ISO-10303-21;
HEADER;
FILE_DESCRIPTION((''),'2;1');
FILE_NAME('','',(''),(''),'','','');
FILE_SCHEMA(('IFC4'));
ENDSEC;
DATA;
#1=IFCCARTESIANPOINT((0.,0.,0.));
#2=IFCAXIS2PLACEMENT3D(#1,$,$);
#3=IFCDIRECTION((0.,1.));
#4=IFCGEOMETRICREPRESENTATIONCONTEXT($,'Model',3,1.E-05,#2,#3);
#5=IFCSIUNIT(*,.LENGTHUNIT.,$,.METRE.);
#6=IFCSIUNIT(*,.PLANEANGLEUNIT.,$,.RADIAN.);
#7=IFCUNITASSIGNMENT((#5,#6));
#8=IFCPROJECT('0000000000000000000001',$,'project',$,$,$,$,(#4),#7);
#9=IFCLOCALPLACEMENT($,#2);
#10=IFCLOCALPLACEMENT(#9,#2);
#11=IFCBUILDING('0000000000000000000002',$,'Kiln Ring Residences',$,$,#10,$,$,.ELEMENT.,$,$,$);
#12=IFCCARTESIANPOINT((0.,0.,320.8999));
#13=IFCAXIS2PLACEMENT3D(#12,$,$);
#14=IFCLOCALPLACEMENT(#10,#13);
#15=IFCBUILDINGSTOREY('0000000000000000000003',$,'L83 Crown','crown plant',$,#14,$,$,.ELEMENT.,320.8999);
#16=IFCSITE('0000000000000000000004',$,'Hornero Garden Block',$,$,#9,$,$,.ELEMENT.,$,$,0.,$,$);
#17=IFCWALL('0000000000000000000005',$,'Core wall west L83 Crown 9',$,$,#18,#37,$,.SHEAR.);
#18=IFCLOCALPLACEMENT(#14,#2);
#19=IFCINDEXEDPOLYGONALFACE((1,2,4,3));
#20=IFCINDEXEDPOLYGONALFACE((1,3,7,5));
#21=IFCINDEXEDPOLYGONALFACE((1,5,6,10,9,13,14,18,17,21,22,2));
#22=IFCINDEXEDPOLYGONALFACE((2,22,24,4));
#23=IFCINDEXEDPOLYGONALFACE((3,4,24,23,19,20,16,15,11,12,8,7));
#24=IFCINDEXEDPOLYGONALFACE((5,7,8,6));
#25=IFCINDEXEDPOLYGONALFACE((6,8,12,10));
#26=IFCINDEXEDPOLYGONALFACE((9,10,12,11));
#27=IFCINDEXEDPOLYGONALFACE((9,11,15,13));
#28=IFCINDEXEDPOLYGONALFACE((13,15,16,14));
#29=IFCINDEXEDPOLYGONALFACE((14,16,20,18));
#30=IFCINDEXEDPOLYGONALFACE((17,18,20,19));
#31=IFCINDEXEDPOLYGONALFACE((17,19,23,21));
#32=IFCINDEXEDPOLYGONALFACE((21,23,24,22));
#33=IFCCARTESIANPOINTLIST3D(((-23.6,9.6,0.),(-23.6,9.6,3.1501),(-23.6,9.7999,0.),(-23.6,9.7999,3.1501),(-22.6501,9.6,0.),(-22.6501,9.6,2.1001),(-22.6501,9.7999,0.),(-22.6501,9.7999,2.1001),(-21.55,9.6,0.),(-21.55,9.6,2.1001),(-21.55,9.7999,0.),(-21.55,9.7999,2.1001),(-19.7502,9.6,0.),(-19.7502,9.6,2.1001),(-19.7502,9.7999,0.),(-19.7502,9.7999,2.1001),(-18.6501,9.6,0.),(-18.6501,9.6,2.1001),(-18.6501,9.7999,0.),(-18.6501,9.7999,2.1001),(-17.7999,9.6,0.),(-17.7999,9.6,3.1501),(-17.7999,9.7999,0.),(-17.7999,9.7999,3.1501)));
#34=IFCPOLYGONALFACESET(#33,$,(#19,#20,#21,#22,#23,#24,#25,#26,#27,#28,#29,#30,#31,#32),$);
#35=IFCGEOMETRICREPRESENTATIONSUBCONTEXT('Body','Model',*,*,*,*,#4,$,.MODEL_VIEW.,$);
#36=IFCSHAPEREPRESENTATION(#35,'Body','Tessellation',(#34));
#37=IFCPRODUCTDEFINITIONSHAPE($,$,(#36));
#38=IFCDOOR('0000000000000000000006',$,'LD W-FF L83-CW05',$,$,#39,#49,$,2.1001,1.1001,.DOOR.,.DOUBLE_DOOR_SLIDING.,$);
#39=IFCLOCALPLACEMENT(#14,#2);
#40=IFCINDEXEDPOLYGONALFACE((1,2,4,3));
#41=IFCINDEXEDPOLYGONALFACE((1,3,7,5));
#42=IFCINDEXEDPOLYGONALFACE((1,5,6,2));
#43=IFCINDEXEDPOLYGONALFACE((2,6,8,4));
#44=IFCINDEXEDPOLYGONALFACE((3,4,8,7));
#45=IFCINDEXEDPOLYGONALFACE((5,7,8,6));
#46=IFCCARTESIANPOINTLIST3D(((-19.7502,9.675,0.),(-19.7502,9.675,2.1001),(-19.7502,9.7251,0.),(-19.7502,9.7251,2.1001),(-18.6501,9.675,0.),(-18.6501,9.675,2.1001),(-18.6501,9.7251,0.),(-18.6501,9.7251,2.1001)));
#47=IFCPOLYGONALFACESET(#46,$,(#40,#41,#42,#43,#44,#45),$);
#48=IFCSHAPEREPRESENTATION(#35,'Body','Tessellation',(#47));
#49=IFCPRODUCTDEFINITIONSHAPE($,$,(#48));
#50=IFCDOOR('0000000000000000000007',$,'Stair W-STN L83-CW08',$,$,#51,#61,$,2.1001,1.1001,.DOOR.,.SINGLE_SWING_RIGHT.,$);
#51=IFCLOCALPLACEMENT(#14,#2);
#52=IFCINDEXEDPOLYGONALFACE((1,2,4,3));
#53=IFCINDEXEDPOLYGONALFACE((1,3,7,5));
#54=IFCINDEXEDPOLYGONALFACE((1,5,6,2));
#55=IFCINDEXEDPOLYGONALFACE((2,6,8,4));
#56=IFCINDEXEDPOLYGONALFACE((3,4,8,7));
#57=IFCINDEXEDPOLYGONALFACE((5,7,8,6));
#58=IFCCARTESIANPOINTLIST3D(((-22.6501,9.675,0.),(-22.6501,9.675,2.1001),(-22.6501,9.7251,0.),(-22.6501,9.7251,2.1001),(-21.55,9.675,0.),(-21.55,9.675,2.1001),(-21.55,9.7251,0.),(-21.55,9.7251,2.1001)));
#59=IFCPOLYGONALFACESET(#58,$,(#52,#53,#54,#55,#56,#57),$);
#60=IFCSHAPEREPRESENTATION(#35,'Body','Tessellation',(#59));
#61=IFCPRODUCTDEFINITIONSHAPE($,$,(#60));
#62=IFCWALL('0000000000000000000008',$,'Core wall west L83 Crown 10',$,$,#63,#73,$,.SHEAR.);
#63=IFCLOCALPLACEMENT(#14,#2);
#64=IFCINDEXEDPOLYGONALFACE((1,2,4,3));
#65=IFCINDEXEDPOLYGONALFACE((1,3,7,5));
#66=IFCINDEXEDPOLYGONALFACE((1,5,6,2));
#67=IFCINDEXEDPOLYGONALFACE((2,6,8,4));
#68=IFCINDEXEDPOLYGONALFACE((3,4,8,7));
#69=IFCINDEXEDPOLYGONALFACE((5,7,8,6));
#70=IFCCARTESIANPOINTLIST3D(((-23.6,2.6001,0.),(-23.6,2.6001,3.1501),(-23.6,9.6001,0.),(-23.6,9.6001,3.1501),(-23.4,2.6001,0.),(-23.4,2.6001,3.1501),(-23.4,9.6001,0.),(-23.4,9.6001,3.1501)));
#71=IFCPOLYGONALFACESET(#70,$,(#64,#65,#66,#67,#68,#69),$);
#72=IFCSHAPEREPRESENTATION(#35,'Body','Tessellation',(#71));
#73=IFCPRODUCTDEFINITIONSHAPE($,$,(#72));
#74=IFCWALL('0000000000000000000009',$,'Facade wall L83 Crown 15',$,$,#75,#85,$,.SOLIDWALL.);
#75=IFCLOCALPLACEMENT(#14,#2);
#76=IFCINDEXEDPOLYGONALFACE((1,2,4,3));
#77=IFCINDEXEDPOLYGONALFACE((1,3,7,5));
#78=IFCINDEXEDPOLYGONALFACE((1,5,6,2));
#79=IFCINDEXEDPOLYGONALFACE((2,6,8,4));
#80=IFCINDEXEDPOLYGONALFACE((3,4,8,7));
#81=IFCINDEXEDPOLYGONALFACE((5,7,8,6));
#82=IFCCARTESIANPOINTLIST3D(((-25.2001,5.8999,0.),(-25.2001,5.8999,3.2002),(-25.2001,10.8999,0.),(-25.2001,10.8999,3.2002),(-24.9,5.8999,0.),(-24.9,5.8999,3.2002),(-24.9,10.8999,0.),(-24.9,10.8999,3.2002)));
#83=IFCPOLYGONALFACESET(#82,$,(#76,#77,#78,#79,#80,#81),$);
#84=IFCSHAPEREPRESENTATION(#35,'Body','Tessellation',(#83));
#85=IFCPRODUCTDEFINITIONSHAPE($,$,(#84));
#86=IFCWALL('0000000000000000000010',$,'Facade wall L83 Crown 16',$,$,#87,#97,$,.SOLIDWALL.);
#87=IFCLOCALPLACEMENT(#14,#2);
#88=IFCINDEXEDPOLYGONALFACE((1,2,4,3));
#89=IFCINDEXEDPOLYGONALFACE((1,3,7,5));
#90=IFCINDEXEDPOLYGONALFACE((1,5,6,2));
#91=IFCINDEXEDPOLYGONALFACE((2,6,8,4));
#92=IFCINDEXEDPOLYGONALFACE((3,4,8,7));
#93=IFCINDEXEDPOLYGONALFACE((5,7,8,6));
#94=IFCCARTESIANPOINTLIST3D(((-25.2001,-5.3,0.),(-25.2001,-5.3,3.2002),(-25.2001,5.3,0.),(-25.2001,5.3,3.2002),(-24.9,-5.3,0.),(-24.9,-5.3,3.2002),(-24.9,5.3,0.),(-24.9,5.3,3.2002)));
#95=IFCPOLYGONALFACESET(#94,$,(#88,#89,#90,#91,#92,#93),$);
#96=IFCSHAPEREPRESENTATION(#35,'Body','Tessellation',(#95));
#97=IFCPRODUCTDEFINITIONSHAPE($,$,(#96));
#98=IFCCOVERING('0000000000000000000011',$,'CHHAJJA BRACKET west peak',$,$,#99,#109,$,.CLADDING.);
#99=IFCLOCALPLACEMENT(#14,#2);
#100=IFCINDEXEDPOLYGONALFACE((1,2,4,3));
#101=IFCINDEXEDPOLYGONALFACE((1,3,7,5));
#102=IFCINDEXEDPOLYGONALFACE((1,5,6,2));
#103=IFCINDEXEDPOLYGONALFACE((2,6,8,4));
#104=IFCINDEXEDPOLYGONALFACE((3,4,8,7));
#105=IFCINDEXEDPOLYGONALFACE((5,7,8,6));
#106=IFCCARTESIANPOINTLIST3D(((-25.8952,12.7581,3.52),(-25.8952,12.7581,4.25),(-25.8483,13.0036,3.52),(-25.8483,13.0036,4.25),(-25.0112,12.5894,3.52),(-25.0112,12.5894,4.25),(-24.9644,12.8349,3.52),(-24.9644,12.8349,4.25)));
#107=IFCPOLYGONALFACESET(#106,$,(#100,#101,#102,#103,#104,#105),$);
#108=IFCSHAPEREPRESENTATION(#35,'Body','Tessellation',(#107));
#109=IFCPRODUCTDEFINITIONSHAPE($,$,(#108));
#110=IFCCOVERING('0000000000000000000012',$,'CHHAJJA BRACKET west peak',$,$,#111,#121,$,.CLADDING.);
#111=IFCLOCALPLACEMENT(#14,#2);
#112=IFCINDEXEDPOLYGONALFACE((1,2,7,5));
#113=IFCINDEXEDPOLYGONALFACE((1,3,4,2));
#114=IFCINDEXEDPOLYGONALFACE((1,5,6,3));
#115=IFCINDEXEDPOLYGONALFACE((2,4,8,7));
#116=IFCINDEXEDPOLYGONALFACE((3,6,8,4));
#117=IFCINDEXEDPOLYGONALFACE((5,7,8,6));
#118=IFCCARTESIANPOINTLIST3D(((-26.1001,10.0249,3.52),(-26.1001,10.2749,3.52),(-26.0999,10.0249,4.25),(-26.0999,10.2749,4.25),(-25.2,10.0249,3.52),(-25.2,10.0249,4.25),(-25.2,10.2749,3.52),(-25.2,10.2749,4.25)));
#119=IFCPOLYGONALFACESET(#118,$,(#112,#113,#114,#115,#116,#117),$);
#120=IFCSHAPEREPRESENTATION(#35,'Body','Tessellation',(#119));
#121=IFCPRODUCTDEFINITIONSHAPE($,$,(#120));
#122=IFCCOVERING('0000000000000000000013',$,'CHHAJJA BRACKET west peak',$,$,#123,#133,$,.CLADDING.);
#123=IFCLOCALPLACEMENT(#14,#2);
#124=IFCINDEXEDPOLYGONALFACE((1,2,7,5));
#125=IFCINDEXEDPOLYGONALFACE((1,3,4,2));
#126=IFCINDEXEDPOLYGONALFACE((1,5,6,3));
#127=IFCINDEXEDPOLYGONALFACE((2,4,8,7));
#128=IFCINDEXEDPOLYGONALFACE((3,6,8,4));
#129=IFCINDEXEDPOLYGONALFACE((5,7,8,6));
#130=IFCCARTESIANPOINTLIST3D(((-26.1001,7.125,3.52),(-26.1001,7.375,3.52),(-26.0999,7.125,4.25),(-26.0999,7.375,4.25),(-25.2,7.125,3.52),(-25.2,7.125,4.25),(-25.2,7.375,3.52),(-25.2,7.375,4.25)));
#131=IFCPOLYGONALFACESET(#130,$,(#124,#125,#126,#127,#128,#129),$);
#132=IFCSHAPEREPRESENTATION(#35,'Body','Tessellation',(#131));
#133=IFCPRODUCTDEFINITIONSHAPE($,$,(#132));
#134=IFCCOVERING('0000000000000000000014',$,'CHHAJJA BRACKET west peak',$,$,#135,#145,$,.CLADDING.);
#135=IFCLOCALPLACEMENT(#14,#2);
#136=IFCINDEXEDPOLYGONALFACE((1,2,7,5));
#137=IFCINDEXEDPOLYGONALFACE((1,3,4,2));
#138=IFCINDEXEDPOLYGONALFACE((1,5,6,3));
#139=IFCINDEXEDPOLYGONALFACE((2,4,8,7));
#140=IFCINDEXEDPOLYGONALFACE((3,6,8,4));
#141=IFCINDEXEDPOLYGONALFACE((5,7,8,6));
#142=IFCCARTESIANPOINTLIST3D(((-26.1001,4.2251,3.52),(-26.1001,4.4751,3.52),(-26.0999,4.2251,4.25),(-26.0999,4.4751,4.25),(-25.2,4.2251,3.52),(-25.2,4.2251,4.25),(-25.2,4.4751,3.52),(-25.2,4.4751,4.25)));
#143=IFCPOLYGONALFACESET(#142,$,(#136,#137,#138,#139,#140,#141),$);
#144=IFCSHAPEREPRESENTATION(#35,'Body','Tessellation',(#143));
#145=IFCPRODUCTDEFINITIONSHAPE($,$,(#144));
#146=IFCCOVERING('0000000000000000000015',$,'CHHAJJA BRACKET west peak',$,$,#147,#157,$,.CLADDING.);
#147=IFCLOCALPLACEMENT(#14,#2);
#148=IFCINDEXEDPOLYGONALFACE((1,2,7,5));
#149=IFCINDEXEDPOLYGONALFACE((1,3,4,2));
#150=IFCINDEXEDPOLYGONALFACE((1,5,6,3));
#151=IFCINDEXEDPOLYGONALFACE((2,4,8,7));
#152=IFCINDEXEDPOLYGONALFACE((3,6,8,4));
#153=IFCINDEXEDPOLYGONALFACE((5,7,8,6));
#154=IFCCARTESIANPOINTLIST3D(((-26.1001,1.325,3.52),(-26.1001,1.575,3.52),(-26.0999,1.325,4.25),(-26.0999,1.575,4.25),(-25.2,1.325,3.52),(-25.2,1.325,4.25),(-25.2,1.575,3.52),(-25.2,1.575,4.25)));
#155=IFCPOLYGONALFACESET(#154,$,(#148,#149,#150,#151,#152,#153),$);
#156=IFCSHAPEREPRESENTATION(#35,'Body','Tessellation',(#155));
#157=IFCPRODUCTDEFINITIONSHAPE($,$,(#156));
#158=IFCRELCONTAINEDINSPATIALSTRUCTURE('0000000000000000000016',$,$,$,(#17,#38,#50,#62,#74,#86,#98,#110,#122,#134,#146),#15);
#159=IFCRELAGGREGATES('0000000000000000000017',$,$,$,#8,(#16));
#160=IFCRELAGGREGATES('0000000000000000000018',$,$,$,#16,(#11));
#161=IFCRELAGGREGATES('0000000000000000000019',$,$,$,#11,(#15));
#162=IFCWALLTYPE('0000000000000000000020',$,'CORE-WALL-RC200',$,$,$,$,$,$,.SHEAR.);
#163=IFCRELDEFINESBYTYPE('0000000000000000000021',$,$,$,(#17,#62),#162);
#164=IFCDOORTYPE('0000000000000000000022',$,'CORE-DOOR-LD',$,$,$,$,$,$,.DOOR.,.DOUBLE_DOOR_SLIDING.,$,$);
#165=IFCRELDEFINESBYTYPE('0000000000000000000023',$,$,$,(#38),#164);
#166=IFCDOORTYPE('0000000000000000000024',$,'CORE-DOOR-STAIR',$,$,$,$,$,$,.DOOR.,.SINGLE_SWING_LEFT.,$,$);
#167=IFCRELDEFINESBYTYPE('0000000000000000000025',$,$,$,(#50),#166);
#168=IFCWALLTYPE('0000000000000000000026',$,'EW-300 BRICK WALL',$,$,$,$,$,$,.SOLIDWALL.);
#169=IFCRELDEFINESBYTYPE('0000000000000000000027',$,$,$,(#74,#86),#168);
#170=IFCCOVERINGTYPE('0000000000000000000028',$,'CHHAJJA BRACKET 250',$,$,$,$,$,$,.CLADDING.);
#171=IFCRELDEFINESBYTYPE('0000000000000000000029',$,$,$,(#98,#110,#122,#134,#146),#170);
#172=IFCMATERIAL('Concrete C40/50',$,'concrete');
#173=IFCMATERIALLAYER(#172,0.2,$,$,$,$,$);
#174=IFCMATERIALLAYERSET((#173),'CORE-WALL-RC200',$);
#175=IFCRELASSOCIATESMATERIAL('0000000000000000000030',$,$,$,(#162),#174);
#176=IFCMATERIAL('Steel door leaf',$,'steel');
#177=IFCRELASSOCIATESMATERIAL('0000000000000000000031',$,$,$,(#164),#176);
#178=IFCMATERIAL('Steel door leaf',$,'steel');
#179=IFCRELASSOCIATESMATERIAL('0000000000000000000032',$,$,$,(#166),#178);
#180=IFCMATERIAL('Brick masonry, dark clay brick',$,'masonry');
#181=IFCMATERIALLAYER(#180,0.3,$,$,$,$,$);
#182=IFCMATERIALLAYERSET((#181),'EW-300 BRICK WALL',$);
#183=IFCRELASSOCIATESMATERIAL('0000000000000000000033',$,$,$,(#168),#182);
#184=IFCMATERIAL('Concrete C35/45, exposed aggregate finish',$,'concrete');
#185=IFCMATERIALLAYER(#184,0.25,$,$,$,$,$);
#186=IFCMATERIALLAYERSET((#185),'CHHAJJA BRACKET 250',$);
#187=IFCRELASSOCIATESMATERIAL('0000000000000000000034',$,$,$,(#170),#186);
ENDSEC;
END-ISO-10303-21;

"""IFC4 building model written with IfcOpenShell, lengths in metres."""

from ifc_helpers import new_model, si_unit, direction, frame, frame_2d, origin, place, context, subcontext, project, spatial, polyline, rectangle, outline, extrude, material, layer, layer_set, type_object, element, fill, save


model = new_model("IFC4")

# Units and contexts
model_context = context("Model", 3, precision=1e-05, world=origin(), true_north=direction((0.0, 1.0)))
body_context = subcontext(model_context, "Body", "Model", "MODEL_VIEW")
ifc_project = project(units=[si_unit("LENGTHUNIT", "METRE"), si_unit("PLANEANGLEUNIT", "RADIAN")], contexts=[model_context])

# Site, building, storey
site_placement = place(None, origin())
site = spatial("IfcSite", under=ifc_project, at=site_placement, Name="Hornero Garden Block", CompositionType="ELEMENT", RefElevation=0.0)
building_placement = place(site_placement, origin())
building = spatial("IfcBuilding", under=site, at=building_placement, Name="Kiln Ring Residences", CompositionType="ELEMENT")
storey_placement = place(building_placement, frame((0.0, 0.0, 320.8999)))
storey = spatial("IfcBuildingStorey", under=building, at=storey_placement, Name="L83 Crown", Description="crown plant", CompositionType="ELEMENT", Elevation=320.8999)

# Shared definitions
ifc_material_1 = material(Name="Concrete C40/50", Category="concrete")
ifc_layer_1 = layer(ifc_material_1, 0.2)
ifc_layer_set_1 = layer_set([ifc_layer_1], Name="CORE-WALL-RC200")
wall_type_1 = type_object("IfcWallType", Name="CORE-WALL-RC200", PredefinedType="SHEAR", material=ifc_layer_set_1)

# Wall, openings, doors
wall_1_placement = place(storey_placement, frame((-17.8, 9.7, 0.0), z_axis=(0.0, 0.0, 1.0), x_axis=(-1.0, 0.0, 0.0)))
wall_1 = element("IfcWall", 1, at=wall_1_placement, inside=storey, type_object=wall_type_1, Name="Core wall west L83 Crown 9", PredefinedType="SHEAR", context=body_context, shape_type="SweptSolid", body=[
    extrude(rectangle(XDim=5.8, YDim=0.2, at=frame_2d((2.8999, 0.0))), origin(), (0.0, 0.0, 1.0), 3.1501),
])
opening_1_placement = place(wall_1_placement, frame((0.8501, 0.0, 0.0)))
opening_1 = element("IfcOpeningElement", 2, at=opening_1_placement, cuts=wall_1, PredefinedType="OPENING", context=body_context, shape_type="SweptSolid", body=[
    extrude(rectangle(XDim=1.1001, YDim=2.1001, at=frame_2d((0.55, 1.05))), frame((0.0, 0.1099, 0.0), z_axis=(0.0, -1.0, 0.0), x_axis=(1.0, 0.0, 0.0)), (0.0, 0.0, 1.0), 0.22),
])
opening_2_placement = place(wall_1_placement, frame((3.75, 0.0, 0.0)))
opening_2 = element("IfcOpeningElement", 3, at=opening_2_placement, cuts=wall_1, PredefinedType="OPENING", context=body_context, shape_type="SweptSolid", body=[
    extrude(rectangle(XDim=1.1001, YDim=2.1001, at=frame_2d((0.55, 1.05))), frame((0.0, 0.1099, 0.0), z_axis=(0.0, -1.0, 0.0), x_axis=(1.0, 0.0, 0.0)), (0.0, 0.0, 1.0), 0.22),
])
ifc_material_2 = material(Name="Steel door leaf", Category="steel")
door_type_1 = type_object("IfcDoorType", Name="CORE-DOOR-LD", OperationType="DOUBLE_DOOR_SLIDING", PredefinedType="DOOR", material=ifc_material_2)
door_1_placement = place(opening_1_placement, origin())
door_1 = element("IfcDoor", 4, at=door_1_placement, inside=storey, type_object=door_type_1, Name="LD W-FF L83-CW05", OperationType="DOUBLE_DOOR_SLIDING", OverallHeight=2.1001, OverallWidth=1.1001, PredefinedType="DOOR", context=body_context, shape_type="SweptSolid", body=[
    extrude(rectangle(XDim=1.1001, YDim=2.1001, at=frame_2d((0.55, 1.05))), frame((0.0, 0.0249, 0.0), z_axis=(0.0, -1.0, 0.0), x_axis=(1.0, 0.0, 0.0)), (0.0, 0.0, 1.0), 0.05),
])
fill(opening_1, door_1)
ifc_material_3 = material(Name="Steel door leaf", Category="steel")
door_type_2 = type_object("IfcDoorType", Name="CORE-DOOR-STAIR", OperationType="SINGLE_SWING_LEFT", PredefinedType="DOOR", material=ifc_material_3)
door_2_placement = place(opening_2_placement, origin())
door_2 = element("IfcDoor", 5, at=door_2_placement, inside=storey, type_object=door_type_2, Name="Stair W-STN L83-CW08", OperationType="SINGLE_SWING_RIGHT", OverallHeight=2.1001, OverallWidth=1.1001, PredefinedType="DOOR", context=body_context, shape_type="SweptSolid", body=[
    extrude(rectangle(XDim=1.1001, YDim=2.1001, at=frame_2d((0.55, 1.05))), frame((0.0, 0.0249, 0.0), z_axis=(0.0, -1.0, 0.0), x_axis=(1.0, 0.0, 0.0)), (0.0, 0.0, 1.0), 0.05),
])
fill(opening_2, door_2)

# Walls
wall_2_placement = place(storey_placement, frame((-23.5, 2.6001, 0.0), z_axis=(0.0, 0.0, 1.0), x_axis=(0.0, 1.0, 0.0)))
element("IfcWall", 6, at=wall_2_placement, inside=storey, type_object=wall_type_1, Name="Core wall west L83 Crown 10", PredefinedType="SHEAR", context=body_context, shape_type="SweptSolid", body=[
    extrude(rectangle(XDim=7.0, YDim=0.2, at=frame_2d((3.5, 0.0))), origin(), (0.0, 0.0, 1.0), 3.1501),
])
ifc_material_4 = material(Name="Brick masonry, dark clay brick", Category="masonry")
ifc_layer_2 = layer(ifc_material_4, 0.3)
ifc_layer_set_2 = layer_set([ifc_layer_2], Name="EW-300 BRICK WALL")
wall_type_2 = type_object("IfcWallType", Name="EW-300 BRICK WALL", PredefinedType="SOLIDWALL", material=ifc_layer_set_2)
wall_3_placement = place(storey_placement, frame((-25.05, 10.8999, 0.0), z_axis=(0.0, 0.0, 1.0), x_axis=(0.0, -1.0, 0.0)))
element("IfcWall", 7, at=wall_3_placement, inside=storey, type_object=wall_type_2, Name="Facade wall L83 Crown 15", PredefinedType="SOLIDWALL", context=body_context, shape_type="SweptSolid", body=[
    extrude(rectangle(XDim=5.0, YDim=0.3, at=frame_2d((2.5, 0.0))), origin(), (0.0, 0.0, 1.0), 3.2002),
])
wall_4_placement = place(storey_placement, frame((-25.05, 5.3, 0.0), z_axis=(0.0, 0.0, 1.0), x_axis=(0.0, -1.0, 0.0)))
element("IfcWall", 8, at=wall_4_placement, inside=storey, type_object=wall_type_2, Name="Facade wall L83 Crown 16", PredefinedType="SOLIDWALL", context=body_context, shape_type="SweptSolid", body=[
    extrude(rectangle(XDim=10.6001, YDim=0.3, at=frame_2d((5.3, 0.0))), origin(), (0.0, 0.0, 1.0), 3.2002),
])

# Coverings
ifc_material_5 = material(Name="Concrete C35/45, exposed aggregate finish", Category="concrete")
ifc_layer_3 = layer(ifc_material_5, 0.25)
ifc_layer_set_3 = layer_set([ifc_layer_3], Name="CHHAJJA BRACKET 250")
covering_type_1 = type_object("IfcCoveringType", Name="CHHAJJA BRACKET 250", PredefinedType="CLADDING", material=ifc_layer_set_3)
covering_1_placement = place(storey_placement, frame((-24.9878, 12.7122, 3.52), z_axis=(0.0, 0.0, 1.0), x_axis=(-0.982274, 0.187449, 0.0)))
element("IfcCovering", 9, at=covering_1_placement, inside=storey, type_object=covering_type_1, Name="CHHAJJA BRACKET west peak", PredefinedType="CLADDING", context=body_context, shape_type="SweptSolid", body=[
    extrude(outline(polyline([(0.0, 0.0), (0.8999, 0.0), (0.8999, 0.73), (0.0, 0.73), (0.0, 0.0), (0.0, 0.0)])), frame((0.0, 0.125, 0.0), z_axis=(0.0, -1.0, 0.0), x_axis=(1.0, 0.0, 0.0)), (0.0, 0.0, 1.0), 0.25),
])
for number, where, z_axis, x_axis, name in (
    (10, (-25.2, 10.1499, 3.52), (0.0, 0.0, 1.0), (-1.0, 0.0, 0.0), "CHHAJJA BRACKET west peak"),
    (11, (-25.2, 7.25, 3.52), (0.0, 0.0, 1.0), (-1.0, 0.0, 0.0), "CHHAJJA BRACKET west peak"),
    (12, (-25.2, 4.3501, 3.52), (0.0, 0.0, 1.0), (-1.0, 0.0, 0.0), "CHHAJJA BRACKET west peak"),
    (13, (-25.2, 1.45, 3.52), (0.0, 0.0, 1.0), (-1.0, 0.0, 0.0), "CHHAJJA BRACKET west peak"),
):
    element("IfcCovering", number, at=place(storey_placement, frame(where, z_axis=z_axis, x_axis=x_axis)), inside=storey, type_object=covering_type_1, Name=name, PredefinedType="CLADDING", context=body_context, shape_type="SweptSolid", body=[
        extrude(outline(polyline([(0.0, 0.0), (0.9001, 0.0), (0.8999, 0.73), (0.0, 0.73), (0.0, 0.0), (0.0, 0.0)])), frame((0.0, 0.125, 0.0), z_axis=(0.0, -1.0, 0.0), x_axis=(1.0, 0.0, 0.0)), (0.0, 0.0, 1.0), 0.25),
    ])

save(model, "model.ifc")
